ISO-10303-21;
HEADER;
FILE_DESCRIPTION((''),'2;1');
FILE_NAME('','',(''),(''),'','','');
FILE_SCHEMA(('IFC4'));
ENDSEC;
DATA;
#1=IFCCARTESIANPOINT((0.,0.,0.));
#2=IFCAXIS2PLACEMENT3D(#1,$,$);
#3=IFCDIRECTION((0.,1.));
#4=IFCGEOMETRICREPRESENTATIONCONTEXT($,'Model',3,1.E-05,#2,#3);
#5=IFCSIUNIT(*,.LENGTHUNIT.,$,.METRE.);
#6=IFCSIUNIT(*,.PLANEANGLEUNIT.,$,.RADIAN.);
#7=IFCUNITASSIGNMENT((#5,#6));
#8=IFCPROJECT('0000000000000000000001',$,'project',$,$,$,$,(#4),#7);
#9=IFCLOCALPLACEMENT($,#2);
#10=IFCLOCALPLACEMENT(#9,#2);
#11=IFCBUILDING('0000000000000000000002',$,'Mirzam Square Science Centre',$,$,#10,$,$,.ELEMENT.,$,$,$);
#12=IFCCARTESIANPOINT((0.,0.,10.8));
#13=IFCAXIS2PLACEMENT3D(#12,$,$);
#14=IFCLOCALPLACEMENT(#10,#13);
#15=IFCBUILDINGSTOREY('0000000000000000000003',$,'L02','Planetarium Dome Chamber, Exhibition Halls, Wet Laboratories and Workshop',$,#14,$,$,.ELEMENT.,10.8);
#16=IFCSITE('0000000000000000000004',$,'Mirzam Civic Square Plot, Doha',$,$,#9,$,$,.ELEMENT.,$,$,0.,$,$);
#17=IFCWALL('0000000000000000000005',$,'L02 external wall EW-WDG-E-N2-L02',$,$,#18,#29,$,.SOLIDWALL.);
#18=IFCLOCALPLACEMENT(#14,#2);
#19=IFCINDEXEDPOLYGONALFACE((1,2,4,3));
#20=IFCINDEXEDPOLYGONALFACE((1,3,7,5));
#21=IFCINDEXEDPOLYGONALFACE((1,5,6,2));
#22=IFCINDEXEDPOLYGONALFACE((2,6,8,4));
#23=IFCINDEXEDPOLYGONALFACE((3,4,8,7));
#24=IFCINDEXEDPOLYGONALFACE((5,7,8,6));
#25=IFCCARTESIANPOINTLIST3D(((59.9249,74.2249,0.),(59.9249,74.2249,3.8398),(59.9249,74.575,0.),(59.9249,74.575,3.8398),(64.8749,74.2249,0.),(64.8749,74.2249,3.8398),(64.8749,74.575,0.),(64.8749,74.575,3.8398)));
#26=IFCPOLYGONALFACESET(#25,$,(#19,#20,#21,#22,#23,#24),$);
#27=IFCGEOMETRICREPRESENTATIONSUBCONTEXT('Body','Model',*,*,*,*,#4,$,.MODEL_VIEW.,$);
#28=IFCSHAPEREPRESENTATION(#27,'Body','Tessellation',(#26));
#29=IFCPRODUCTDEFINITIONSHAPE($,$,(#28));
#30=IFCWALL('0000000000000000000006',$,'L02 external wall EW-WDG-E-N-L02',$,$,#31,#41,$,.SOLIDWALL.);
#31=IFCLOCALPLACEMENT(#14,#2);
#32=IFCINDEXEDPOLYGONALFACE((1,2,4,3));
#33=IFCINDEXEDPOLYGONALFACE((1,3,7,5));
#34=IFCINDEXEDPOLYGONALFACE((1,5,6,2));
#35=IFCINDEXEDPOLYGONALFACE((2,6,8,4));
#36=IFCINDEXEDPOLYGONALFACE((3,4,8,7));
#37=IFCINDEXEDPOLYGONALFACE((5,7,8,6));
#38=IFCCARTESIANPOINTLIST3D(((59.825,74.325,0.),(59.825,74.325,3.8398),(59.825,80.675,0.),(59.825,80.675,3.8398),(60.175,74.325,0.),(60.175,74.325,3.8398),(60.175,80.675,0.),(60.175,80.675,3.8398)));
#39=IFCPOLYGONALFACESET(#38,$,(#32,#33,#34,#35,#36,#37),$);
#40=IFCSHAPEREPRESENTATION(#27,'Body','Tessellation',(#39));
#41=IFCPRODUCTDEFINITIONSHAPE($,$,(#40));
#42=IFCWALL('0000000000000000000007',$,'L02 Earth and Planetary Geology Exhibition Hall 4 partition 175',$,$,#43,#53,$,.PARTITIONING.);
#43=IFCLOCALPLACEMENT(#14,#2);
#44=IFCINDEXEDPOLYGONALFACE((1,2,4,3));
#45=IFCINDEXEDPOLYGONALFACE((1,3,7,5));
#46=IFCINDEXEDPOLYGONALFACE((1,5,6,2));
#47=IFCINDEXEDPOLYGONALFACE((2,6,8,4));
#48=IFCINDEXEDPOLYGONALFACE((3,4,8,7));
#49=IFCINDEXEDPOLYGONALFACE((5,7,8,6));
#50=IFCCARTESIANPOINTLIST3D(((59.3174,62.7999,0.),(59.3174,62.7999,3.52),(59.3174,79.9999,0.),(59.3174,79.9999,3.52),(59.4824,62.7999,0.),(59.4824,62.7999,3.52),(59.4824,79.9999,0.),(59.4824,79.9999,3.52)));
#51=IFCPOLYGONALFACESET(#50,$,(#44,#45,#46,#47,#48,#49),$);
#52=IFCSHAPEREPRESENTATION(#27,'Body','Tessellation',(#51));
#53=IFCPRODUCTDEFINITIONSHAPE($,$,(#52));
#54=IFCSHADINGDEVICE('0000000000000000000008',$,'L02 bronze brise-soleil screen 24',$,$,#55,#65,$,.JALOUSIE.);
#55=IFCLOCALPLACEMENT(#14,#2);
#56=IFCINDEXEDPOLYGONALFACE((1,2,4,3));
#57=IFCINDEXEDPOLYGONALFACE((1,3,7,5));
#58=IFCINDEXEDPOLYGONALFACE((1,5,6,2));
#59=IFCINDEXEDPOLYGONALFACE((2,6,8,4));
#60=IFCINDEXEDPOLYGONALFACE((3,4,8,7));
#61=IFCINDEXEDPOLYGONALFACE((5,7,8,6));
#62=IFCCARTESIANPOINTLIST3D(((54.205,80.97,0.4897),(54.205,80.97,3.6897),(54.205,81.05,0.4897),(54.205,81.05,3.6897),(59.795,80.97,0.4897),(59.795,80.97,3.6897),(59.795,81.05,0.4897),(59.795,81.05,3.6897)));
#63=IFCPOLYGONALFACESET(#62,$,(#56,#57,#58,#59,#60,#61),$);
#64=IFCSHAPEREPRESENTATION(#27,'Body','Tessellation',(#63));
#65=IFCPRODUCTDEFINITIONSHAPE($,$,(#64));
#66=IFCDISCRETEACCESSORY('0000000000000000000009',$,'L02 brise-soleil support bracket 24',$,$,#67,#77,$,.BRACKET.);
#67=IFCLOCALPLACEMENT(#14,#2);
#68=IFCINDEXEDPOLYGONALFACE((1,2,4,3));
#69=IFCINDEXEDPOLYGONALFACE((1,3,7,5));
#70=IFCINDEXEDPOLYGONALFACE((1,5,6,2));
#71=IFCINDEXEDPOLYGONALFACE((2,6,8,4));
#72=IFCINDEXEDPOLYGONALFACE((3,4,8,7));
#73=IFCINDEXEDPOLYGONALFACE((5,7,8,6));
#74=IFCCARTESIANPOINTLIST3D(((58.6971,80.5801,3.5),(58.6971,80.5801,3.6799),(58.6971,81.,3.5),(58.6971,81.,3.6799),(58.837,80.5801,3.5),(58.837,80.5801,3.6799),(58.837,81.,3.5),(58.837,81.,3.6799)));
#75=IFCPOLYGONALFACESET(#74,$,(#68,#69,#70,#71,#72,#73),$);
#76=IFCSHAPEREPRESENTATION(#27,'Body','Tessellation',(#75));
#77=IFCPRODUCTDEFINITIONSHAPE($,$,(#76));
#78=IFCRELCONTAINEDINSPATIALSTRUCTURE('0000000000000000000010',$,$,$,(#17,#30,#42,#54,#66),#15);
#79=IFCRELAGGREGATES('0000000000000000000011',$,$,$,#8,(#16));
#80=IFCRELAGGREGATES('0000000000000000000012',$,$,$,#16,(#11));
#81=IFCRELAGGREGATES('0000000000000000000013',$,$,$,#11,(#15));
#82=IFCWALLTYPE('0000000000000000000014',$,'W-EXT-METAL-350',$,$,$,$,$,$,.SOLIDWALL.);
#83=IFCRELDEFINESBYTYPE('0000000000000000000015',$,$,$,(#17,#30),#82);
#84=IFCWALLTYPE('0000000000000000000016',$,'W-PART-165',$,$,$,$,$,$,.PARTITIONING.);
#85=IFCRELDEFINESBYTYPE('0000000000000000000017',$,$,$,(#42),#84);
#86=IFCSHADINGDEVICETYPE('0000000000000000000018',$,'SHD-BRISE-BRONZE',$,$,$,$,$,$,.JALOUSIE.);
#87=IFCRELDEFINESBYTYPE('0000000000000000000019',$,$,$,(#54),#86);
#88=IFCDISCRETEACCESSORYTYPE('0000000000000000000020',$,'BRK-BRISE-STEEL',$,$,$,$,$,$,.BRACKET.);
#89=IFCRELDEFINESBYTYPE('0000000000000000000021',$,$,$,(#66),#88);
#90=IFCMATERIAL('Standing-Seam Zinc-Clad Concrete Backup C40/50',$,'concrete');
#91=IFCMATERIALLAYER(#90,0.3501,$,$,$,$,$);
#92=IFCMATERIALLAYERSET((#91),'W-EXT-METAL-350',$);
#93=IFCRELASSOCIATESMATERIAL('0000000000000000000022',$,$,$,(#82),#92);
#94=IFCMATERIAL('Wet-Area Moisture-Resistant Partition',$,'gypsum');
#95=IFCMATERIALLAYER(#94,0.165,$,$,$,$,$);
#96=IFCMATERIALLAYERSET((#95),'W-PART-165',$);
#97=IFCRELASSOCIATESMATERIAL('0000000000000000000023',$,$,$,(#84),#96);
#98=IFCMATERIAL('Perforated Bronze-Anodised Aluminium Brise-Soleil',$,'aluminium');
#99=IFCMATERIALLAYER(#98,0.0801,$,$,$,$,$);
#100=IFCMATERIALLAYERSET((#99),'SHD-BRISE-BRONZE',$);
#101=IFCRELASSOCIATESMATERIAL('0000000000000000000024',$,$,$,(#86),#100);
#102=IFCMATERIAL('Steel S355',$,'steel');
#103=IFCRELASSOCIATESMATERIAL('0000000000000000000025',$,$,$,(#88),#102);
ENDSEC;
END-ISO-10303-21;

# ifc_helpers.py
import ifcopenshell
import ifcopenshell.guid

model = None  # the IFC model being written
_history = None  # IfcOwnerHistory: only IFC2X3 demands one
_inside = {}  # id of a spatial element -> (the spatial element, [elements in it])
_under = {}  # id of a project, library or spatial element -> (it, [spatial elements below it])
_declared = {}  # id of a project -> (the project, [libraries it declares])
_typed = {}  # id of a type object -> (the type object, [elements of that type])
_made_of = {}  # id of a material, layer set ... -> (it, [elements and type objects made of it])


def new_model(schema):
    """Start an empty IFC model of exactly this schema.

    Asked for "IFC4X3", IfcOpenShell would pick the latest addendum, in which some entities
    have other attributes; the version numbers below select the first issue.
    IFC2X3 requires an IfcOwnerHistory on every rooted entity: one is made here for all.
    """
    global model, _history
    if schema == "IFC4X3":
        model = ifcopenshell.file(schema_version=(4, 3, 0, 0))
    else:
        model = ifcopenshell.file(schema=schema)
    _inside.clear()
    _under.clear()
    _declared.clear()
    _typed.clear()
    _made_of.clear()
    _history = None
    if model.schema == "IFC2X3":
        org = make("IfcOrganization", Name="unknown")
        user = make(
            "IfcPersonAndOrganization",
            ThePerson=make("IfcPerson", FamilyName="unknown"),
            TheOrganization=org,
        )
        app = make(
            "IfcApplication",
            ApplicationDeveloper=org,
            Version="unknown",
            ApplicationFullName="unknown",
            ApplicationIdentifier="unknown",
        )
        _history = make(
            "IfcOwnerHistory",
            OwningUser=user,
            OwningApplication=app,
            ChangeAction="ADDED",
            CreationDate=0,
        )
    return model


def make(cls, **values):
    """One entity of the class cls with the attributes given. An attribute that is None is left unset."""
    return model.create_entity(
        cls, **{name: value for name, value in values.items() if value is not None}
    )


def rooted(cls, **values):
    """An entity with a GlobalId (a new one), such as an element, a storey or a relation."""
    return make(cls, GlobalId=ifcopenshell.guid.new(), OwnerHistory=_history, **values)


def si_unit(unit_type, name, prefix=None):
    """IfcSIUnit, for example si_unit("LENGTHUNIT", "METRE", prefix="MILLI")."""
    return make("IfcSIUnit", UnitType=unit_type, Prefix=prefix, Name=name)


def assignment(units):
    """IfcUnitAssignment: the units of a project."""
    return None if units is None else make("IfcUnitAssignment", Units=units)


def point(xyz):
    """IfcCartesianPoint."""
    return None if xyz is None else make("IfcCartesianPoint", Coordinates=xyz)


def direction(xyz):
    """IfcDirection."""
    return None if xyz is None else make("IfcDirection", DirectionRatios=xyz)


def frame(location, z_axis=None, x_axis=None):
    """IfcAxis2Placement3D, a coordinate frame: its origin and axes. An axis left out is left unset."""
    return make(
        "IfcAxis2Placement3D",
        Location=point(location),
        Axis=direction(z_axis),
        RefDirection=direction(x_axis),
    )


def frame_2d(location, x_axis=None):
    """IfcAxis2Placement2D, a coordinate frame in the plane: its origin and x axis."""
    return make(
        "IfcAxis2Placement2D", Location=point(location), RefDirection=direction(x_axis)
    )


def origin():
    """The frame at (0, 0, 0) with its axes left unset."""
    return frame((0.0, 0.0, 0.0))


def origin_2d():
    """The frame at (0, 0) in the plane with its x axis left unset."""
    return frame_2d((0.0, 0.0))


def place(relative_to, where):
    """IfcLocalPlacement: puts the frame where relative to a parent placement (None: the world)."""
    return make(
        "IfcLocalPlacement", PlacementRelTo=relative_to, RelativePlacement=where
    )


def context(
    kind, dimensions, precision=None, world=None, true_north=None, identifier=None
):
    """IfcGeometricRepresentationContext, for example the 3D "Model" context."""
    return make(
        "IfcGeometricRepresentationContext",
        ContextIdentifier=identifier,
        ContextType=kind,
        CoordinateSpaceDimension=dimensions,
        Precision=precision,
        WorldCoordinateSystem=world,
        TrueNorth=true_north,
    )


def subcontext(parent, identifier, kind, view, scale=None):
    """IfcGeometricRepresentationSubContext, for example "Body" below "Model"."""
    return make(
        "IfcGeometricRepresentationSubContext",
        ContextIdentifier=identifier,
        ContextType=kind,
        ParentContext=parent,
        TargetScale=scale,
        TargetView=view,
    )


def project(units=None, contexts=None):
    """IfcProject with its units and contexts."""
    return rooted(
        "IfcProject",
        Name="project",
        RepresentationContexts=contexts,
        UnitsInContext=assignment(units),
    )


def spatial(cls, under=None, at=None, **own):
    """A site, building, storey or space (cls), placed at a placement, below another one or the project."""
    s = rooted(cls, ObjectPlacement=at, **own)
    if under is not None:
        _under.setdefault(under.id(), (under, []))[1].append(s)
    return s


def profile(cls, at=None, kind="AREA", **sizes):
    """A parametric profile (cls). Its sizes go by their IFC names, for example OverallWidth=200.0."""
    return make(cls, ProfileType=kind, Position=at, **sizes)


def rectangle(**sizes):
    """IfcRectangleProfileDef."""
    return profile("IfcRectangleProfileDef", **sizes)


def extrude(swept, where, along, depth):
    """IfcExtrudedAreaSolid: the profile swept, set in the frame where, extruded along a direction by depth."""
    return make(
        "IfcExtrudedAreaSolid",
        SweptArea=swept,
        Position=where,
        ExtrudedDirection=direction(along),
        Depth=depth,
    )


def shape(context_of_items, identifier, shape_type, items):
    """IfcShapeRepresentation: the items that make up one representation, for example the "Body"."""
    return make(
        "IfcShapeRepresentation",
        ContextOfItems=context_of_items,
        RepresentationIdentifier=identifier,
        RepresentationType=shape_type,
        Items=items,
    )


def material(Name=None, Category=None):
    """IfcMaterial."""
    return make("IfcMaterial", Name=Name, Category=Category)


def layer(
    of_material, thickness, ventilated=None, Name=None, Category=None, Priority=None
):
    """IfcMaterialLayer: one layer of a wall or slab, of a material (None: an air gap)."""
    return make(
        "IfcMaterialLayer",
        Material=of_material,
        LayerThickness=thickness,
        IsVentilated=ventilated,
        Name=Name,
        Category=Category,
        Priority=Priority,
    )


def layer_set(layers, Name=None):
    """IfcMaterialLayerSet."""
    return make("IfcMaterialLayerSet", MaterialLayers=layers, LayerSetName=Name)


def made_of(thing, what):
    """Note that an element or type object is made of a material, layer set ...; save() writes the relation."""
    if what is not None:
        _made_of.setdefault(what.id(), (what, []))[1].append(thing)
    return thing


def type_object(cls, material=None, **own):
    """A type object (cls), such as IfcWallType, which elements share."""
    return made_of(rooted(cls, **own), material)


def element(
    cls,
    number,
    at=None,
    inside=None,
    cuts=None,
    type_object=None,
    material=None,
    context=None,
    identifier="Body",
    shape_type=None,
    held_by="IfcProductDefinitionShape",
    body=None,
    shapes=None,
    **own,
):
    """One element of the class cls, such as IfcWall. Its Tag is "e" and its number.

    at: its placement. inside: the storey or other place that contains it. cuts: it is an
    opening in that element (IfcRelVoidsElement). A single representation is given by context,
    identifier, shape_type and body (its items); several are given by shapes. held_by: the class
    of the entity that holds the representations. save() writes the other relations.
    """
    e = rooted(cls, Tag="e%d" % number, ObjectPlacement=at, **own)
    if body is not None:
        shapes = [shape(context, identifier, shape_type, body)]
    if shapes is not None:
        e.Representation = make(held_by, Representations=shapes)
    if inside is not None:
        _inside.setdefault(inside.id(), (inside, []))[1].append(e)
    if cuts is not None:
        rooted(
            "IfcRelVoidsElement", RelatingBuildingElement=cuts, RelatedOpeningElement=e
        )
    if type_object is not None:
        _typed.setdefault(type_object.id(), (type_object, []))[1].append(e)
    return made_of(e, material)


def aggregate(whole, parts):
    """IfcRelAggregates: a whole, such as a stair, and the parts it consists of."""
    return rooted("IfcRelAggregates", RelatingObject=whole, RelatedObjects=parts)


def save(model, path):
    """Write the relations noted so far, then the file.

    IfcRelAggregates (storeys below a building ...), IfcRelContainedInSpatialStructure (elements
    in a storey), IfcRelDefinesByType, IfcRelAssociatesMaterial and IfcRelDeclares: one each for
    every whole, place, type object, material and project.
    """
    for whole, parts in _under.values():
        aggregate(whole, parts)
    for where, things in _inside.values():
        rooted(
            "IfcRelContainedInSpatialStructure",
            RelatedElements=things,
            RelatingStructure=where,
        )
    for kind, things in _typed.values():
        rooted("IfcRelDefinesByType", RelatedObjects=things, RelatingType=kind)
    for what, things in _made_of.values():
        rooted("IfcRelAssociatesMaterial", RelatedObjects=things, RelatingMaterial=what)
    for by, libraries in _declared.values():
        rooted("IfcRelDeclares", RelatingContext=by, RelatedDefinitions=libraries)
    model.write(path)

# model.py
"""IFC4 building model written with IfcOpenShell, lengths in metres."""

from ifc_helpers import new_model, si_unit, direction, frame, frame_2d, origin, origin_2d, place, context, subcontext, project, spatial, rectangle, extrude, material, layer, layer_set, type_object, element, save


model = new_model("IFC4")

# Units and contexts
model_context = context("Model", 3, precision=1e-05, world=origin(), true_north=direction((0.0, 1.0)))
body_context = subcontext(model_context, "Body", "Model", "MODEL_VIEW")
ifc_project = project(units=[si_unit("LENGTHUNIT", "METRE"), si_unit("PLANEANGLEUNIT", "RADIAN")], contexts=[model_context])

# Site, building, storey
site_placement = place(None, origin())
site = spatial("IfcSite", under=ifc_project, at=site_placement, Name="Mirzam Civic Square Plot, Doha", CompositionType="ELEMENT", RefElevation=0.0)
building_placement = place(site_placement, origin())
building = spatial("IfcBuilding", under=site, at=building_placement, Name="Mirzam Square Science Centre", CompositionType="ELEMENT")
storey_placement = place(building_placement, frame((0.0, 0.0, 10.8)))
storey = spatial("IfcBuildingStorey", under=building, at=storey_placement, Name="L02", Description="Planetarium Dome Chamber, Exhibition Halls, Wet Laboratories and Workshop", CompositionType="ELEMENT", Elevation=10.8)

# Shared definitions
ifc_material_1 = material(Name="Steel S355", Category="steel")

# Walls
ifc_material_2 = material(Name="Standing-Seam Zinc-Clad Concrete Backup C40/50", Category="concrete")
ifc_layer_1 = layer(ifc_material_2, 0.3501)
ifc_layer_set_1 = layer_set([ifc_layer_1], Name="W-EXT-METAL-350")
wall_type_1 = type_object("IfcWallType", Name="W-EXT-METAL-350", PredefinedType="SOLIDWALL", material=ifc_layer_set_1)
wall_1_placement = place(storey_placement, frame((64.875, 74.3999, 0.0), z_axis=(0.0, 0.0, 1.0), x_axis=(-1.0, 0.0, 0.0)))
element("IfcWall", 1, at=wall_1_placement, inside=storey, type_object=wall_type_1, Name="L02 external wall EW-WDG-E-N2-L02", PredefinedType="SOLIDWALL", context=body_context, shape_type="SweptSolid", body=[
    extrude(rectangle(XDim=4.95, YDim=0.3501, at=frame_2d((2.4751, 0.0))), origin(), (0.0, 0.0, 1.0), 3.8398),
])
wall_2_placement = place(storey_placement, frame((60.0, 74.325, 0.0), z_axis=(0.0, 0.0, 1.0), x_axis=(0.0, 1.0, 0.0)))
element("IfcWall", 2, at=wall_2_placement, inside=storey, type_object=wall_type_1, Name="L02 external wall EW-WDG-E-N-L02", PredefinedType="SOLIDWALL", context=body_context, shape_type="SweptSolid", body=[
    extrude(rectangle(XDim=6.3501, YDim=0.3501, at=frame_2d((3.175, 0.0))), origin(), (0.0, 0.0, 1.0), 3.8398),
])
ifc_material_3 = material(Name="Wet-Area Moisture-Resistant Partition", Category="gypsum")
ifc_layer_2 = layer(ifc_material_3, 0.165)
ifc_layer_set_2 = layer_set([ifc_layer_2], Name="W-PART-165")
wall_type_2 = type_object("IfcWallType", Name="W-PART-165", PredefinedType="PARTITIONING", material=ifc_layer_set_2)
wall_3_placement = place(storey_placement, frame((59.3999, 80.0, 0.0), z_axis=(0.0, 0.0, 1.0), x_axis=(0.0, -1.0, 0.0)))
element("IfcWall", 3, at=wall_3_placement, inside=storey, type_object=wall_type_2, Name="L02 Earth and Planetary Geology Exhibition Hall 4 partition 175", PredefinedType="PARTITIONING", context=body_context, shape_type="SweptSolid", body=[
    extrude(rectangle(XDim=17.2, YDim=0.165, at=frame_2d((8.6001, 0.0))), origin(), (0.0, 0.0, 1.0), 3.52),
])

# Shading device
ifc_material_4 = material(Name="Perforated Bronze-Anodised Aluminium Brise-Soleil", Category="aluminium")
ifc_layer_3 = layer(ifc_material_4, 0.0801)
ifc_layer_set_3 = layer_set([ifc_layer_3], Name="SHD-BRISE-BRONZE")
shading_device_type = type_object("IfcShadingDeviceType", Name="SHD-BRISE-BRONZE", PredefinedType="JALOUSIE", material=ifc_layer_set_3)
shading_device_placement = place(storey_placement, frame((57.0, 81.01, 0.4897), z_axis=(0.0, 0.0, 1.0), x_axis=(-1.0, 0.0, 0.0)))
element("IfcShadingDevice", 4, at=shading_device_placement, inside=storey, type_object=shading_device_type, Name="L02 bronze brise-soleil screen 24", PredefinedType="JALOUSIE", context=body_context, shape_type="SweptSolid", body=[
    extrude(rectangle(XDim=5.5901, YDim=0.0801, at=origin_2d()), origin(), (0.0, 0.0, 1.0), 3.2),
])

# Discrete accessory
discrete_accessory_type = type_object("IfcDiscreteAccessoryType", Name="BRK-BRISE-STEEL", PredefinedType="BRACKET", material=ifc_material_1)
discrete_accessory_placement = place(storey_placement, frame((58.7671, 80.79, 3.5), z_axis=(0.0, 0.0, 1.0), x_axis=(-1.0, 0.0, 0.0)))
element("IfcDiscreteAccessory", 5, at=discrete_accessory_placement, inside=storey, type_object=discrete_accessory_type, Name="L02 brise-soleil support bracket 24", PredefinedType="BRACKET", context=body_context, shape_type="SweptSolid", body=[
    extrude(rectangle(XDim=0.1399, YDim=0.4199, at=origin_2d()), origin(), (0.0, 0.0, 1.0), 0.1799),
])

save(model, "model.ifc")
